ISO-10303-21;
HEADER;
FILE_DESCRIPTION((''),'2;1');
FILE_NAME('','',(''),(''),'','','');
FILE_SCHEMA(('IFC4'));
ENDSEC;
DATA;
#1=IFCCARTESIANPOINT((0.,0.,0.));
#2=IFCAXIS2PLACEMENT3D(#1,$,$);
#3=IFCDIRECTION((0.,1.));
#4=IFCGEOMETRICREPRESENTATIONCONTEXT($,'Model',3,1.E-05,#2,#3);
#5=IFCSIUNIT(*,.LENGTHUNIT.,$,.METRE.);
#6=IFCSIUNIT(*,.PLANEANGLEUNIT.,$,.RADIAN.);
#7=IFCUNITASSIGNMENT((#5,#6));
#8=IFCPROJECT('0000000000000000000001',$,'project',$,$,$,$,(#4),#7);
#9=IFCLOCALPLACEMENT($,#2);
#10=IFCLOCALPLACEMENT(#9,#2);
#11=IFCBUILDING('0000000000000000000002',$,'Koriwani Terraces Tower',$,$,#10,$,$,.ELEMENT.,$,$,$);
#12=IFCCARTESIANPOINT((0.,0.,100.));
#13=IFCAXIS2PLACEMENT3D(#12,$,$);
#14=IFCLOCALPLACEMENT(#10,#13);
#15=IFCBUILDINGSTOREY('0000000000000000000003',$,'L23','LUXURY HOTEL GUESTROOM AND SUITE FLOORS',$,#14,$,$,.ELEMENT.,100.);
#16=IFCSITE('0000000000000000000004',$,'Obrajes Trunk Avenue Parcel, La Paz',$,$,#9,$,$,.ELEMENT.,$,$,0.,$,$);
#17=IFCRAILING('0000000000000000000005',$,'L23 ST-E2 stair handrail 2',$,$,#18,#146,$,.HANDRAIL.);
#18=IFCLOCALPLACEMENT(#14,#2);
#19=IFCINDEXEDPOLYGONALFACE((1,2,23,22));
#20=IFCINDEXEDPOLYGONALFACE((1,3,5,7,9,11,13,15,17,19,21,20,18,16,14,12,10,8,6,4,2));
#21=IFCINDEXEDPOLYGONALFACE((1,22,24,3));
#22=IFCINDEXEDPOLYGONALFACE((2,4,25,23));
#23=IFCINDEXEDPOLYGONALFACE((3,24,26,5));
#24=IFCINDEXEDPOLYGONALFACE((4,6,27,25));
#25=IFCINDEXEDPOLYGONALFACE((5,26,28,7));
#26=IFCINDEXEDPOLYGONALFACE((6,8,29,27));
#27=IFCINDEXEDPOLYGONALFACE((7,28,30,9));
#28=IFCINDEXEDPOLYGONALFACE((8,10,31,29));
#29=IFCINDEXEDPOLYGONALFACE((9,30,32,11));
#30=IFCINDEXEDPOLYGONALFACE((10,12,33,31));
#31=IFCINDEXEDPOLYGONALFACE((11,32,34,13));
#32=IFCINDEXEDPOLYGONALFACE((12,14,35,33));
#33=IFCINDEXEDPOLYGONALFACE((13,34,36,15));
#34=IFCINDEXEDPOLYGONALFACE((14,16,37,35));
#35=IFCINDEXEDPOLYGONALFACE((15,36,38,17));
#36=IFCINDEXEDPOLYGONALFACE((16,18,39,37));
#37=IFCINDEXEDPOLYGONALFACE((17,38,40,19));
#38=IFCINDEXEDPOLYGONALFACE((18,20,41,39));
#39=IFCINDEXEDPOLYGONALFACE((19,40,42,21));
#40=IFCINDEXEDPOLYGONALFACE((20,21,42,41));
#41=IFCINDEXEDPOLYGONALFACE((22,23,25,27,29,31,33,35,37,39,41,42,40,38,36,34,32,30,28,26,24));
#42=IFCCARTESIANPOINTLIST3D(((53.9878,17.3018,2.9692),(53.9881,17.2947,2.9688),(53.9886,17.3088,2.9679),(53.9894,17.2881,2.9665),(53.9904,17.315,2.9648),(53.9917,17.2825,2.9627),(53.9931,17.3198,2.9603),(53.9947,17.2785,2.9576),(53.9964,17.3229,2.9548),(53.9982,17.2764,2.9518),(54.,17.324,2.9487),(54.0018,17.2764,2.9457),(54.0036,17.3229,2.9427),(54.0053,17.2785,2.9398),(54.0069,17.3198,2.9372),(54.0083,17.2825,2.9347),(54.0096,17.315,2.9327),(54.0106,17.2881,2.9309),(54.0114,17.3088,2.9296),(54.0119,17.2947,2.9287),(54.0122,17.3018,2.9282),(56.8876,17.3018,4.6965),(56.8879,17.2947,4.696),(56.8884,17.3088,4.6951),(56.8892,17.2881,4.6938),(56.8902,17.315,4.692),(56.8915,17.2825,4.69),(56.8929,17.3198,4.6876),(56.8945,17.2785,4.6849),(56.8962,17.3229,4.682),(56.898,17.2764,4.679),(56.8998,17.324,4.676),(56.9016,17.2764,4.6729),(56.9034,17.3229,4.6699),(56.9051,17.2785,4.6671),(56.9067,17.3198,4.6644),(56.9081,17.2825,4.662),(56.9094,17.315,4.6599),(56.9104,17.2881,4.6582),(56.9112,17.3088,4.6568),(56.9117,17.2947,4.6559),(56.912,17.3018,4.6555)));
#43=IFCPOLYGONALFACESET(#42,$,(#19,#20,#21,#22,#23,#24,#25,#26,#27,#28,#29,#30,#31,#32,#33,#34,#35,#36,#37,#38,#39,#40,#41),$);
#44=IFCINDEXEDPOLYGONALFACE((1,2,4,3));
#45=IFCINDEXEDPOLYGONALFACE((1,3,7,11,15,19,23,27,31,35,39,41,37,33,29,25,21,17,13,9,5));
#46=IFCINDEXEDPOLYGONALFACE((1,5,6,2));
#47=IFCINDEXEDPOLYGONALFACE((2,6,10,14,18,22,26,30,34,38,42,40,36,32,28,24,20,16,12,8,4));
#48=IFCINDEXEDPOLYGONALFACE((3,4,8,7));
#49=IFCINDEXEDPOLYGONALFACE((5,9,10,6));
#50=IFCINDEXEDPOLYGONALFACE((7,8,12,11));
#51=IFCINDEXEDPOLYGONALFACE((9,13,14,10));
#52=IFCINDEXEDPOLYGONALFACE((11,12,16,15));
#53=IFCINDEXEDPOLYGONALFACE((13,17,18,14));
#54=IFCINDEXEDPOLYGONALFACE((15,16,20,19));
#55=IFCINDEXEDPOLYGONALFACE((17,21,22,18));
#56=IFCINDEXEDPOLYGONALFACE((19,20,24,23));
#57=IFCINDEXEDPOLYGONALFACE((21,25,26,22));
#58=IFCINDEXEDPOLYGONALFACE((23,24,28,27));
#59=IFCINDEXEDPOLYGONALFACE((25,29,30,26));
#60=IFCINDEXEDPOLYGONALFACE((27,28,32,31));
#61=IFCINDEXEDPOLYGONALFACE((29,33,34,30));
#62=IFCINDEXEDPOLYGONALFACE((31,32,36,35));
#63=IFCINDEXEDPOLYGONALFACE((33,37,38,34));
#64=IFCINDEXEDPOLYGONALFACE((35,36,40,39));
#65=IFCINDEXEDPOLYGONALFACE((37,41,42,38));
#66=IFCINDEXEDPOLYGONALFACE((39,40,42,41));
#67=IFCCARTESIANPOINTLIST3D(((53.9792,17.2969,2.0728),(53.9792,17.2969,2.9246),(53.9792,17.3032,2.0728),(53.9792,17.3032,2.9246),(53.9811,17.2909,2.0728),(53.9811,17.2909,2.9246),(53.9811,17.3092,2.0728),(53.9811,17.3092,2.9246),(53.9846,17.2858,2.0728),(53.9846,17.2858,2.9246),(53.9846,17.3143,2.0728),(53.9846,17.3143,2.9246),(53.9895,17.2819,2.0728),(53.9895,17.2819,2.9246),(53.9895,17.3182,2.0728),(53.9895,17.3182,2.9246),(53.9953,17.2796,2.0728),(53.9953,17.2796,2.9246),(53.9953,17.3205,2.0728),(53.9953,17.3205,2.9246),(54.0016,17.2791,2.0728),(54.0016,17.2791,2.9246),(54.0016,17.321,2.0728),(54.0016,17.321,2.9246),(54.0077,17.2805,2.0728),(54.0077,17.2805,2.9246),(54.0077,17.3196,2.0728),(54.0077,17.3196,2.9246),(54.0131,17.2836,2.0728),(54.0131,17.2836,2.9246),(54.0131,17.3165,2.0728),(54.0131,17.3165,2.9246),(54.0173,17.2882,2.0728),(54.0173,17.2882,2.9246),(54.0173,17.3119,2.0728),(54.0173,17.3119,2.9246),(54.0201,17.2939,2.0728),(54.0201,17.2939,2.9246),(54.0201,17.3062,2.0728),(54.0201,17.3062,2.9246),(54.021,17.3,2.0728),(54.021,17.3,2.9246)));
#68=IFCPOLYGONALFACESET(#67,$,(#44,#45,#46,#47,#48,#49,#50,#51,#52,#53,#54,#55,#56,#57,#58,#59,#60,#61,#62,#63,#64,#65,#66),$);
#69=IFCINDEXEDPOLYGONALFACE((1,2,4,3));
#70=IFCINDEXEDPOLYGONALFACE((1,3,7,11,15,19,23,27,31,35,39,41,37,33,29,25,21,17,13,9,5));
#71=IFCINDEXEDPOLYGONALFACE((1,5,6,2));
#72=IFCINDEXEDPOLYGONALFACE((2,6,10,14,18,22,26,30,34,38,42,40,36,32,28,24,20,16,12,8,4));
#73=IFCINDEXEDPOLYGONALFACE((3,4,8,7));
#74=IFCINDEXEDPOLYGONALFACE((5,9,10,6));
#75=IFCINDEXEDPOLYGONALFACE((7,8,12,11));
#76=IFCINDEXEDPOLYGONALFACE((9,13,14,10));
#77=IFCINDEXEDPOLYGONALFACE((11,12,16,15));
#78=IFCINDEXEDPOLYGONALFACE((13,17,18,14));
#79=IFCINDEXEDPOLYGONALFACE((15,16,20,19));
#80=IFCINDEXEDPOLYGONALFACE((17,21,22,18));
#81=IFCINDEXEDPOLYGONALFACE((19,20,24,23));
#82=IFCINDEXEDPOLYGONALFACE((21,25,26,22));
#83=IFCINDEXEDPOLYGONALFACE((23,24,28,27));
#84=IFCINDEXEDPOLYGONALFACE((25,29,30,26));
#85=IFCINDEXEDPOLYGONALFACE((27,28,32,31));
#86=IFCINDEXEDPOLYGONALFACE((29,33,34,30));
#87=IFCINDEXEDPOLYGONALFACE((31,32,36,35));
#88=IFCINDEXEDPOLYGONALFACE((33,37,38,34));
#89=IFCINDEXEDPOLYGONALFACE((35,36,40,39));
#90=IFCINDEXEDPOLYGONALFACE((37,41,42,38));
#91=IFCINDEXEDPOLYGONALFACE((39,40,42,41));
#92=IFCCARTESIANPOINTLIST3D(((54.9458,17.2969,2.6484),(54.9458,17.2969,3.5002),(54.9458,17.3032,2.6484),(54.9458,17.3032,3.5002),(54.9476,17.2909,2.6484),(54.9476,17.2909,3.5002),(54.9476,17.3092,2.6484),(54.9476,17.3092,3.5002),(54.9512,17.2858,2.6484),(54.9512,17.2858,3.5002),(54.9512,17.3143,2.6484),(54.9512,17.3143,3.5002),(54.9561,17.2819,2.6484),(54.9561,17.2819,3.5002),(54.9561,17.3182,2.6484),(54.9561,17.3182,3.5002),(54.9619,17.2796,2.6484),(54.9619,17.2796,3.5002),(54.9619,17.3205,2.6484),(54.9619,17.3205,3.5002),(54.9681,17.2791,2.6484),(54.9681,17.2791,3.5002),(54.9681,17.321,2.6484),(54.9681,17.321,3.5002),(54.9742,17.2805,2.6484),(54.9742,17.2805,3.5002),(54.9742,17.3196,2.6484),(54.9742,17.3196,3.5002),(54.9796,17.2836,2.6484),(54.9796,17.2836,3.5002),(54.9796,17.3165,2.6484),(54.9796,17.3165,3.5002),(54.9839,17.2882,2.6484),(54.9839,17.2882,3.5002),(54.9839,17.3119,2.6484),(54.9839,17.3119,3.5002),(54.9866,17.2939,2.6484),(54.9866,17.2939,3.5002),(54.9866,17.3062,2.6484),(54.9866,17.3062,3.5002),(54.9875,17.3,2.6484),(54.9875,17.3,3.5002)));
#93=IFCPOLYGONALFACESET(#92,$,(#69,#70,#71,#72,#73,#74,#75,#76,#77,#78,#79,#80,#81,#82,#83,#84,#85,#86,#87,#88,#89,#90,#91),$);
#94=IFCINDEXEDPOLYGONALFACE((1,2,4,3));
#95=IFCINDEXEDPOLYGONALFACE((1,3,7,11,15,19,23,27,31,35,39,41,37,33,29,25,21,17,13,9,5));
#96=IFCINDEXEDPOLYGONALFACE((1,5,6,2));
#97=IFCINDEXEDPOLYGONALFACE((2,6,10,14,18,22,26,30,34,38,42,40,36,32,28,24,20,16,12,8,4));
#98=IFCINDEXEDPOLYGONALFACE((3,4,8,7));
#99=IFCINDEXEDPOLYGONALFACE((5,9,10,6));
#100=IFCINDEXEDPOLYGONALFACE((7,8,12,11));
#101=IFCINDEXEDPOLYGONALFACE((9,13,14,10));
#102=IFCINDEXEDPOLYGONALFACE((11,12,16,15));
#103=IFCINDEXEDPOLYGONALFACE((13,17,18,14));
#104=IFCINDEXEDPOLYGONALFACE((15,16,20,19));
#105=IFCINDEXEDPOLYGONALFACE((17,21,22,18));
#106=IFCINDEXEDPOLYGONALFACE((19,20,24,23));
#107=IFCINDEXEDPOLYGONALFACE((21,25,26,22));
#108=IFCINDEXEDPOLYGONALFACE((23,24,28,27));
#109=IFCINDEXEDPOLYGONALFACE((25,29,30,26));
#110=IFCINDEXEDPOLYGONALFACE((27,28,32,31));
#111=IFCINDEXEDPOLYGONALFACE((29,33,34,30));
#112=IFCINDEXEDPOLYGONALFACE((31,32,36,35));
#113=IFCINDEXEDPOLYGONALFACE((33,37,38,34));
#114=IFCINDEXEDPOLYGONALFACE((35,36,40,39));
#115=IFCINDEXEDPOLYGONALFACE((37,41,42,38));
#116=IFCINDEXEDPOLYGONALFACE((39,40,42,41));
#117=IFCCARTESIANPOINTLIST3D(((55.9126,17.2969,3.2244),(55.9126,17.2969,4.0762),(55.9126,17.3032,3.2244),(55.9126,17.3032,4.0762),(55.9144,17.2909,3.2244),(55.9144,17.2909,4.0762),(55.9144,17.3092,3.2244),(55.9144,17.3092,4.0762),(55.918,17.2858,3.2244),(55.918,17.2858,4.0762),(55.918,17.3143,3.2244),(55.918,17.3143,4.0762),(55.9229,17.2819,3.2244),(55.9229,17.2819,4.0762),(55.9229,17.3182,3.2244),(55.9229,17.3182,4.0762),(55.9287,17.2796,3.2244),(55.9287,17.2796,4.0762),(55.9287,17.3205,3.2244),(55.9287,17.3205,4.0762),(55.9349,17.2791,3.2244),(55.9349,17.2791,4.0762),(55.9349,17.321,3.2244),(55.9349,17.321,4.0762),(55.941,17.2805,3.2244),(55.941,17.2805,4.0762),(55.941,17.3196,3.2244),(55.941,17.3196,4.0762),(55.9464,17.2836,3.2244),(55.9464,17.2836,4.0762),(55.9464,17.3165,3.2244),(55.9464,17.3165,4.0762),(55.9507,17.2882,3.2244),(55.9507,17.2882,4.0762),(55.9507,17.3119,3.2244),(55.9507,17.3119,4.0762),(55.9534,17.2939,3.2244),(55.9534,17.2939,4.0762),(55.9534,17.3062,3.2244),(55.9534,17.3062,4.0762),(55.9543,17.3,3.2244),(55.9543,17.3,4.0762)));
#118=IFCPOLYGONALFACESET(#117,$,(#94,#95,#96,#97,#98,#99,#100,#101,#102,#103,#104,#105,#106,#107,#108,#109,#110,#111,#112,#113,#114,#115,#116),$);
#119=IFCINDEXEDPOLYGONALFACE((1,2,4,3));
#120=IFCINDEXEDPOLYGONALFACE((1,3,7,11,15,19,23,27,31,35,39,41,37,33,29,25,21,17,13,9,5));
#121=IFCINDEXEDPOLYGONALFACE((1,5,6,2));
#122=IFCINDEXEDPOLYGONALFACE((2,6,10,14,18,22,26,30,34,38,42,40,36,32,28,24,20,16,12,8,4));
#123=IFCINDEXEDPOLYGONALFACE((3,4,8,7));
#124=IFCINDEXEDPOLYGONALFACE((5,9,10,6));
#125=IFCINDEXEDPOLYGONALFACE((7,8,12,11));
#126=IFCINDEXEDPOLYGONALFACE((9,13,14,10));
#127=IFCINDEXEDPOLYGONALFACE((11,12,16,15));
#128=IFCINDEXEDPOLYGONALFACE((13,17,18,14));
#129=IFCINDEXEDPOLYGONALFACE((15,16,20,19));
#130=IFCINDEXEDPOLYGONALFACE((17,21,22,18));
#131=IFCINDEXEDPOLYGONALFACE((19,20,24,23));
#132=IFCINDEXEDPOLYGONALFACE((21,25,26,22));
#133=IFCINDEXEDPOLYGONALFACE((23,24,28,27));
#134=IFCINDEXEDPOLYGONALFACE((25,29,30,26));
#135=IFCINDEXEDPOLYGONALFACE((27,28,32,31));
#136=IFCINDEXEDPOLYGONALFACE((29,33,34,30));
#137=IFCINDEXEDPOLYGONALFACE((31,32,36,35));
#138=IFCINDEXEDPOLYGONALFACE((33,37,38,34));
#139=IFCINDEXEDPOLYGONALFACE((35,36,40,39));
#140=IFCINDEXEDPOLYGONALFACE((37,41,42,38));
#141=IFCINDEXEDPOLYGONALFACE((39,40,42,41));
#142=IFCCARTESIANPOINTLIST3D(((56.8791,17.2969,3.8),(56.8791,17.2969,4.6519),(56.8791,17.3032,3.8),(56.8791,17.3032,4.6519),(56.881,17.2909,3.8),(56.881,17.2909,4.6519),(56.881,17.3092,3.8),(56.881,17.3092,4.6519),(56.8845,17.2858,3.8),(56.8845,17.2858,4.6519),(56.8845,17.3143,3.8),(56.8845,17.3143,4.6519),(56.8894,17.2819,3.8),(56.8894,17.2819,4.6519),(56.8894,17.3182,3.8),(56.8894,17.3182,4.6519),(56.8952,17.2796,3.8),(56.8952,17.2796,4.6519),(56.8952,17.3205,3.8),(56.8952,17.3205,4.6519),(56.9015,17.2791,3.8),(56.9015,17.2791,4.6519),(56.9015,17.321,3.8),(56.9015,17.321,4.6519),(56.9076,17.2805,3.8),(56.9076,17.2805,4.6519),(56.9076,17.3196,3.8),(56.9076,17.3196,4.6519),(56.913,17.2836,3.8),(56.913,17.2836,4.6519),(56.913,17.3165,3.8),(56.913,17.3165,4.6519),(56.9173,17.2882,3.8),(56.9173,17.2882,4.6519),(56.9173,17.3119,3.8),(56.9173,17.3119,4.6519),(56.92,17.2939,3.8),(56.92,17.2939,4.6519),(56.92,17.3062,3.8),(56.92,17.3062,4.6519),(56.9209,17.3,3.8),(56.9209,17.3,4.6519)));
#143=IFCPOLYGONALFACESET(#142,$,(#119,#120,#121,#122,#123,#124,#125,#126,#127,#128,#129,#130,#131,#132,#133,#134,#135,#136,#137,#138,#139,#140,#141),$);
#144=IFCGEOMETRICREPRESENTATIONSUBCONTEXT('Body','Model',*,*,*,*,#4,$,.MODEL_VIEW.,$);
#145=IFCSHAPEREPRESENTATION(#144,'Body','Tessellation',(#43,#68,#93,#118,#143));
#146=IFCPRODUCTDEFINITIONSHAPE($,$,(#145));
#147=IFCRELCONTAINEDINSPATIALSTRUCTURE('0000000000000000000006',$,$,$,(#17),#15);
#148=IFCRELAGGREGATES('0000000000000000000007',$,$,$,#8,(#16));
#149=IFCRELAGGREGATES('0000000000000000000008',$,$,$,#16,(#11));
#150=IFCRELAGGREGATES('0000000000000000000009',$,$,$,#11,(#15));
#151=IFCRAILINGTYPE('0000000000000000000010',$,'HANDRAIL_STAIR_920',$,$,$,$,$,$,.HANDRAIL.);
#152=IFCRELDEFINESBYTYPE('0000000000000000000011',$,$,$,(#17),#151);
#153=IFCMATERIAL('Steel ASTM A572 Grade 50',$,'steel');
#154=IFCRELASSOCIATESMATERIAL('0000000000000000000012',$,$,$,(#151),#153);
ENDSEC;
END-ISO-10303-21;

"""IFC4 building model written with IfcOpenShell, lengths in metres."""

from ifc_helpers import new_model, si_unit, direction, frame, origin, origin_2d, place, context, subcontext, project, spatial, circle, extrude, material, type_object, element, save


model = new_model("IFC4")

# Units and contexts
model_context = context("Model", 3, precision=1e-05, world=origin(), true_north=direction((0.0, 1.0)))
body_context = subcontext(model_context, "Body", "Model", "MODEL_VIEW")
ifc_project = project(units=[si_unit("LENGTHUNIT", "METRE"), si_unit("PLANEANGLEUNIT", "RADIAN")], contexts=[model_context])

# Site, building, storey
site_placement = place(None, origin())
site = spatial("IfcSite", under=ifc_project, at=site_placement, Name="Obrajes Trunk Avenue Parcel, La Paz", CompositionType="ELEMENT", RefElevation=0.0)
building_placement = place(site_placement, origin())
building = spatial("IfcBuilding", under=site, at=building_placement, Name="Koriwani Terraces Tower", CompositionType="ELEMENT")
storey_placement = place(building_placement, frame((0.0, 0.0, 100.0)))
storey = spatial("IfcBuildingStorey", under=building, at=storey_placement, Name="L23", Description="LUXURY HOTEL GUESTROOM AND SUITE FLOORS", CompositionType="ELEMENT", Elevation=100.0)

# Shared definitions
ifc_material_1 = material(Name="Steel ASTM A572 Grade 50", Category="steel")

# Railing
railing_type_1 = type_object("IfcRailingType", Name="HANDRAIL_STAIR_920", PredefinedType="HANDRAIL", material=ifc_material_1)
railing_1_placement = place(storey_placement, frame((54.0, 17.3, 2.0728)))
element("IfcRailing", 1, at=railing_1_placement, inside=storey, type_object=railing_type_1, Name="L23 ST-E2 stair handrail 2", PredefinedType="HANDRAIL", context=body_context, shape_type="SweptSolid", body=[
    extrude(circle(Radius=0.0239, at=origin_2d()), frame((0.0, 0.0, 0.876), z_axis=(0.859141, 0.0, 0.511738), x_axis=(0.0, 1.0, 0.0)), (0.0, 0.0, 1.0), 3.3752),
    extrude(circle(Radius=0.021, at=origin_2d()), origin(), (0.0, 0.0, 1.0), 0.8518),
    extrude(circle(Radius=0.021, at=origin_2d()), frame((0.9666, 0.0, 0.5757)), (0.0, 0.0, 1.0), 0.8518),
    extrude(circle(Radius=0.021, at=origin_2d()), frame((1.9333, 0.0, 1.1516)), (0.0, 0.0, 1.0), 0.8518),
    extrude(circle(Radius=0.021, at=origin_2d()), frame((2.8999, 0.0, 1.7273)), (0.0, 0.0, 1.0), 0.8518),
])

save(model, "model.ifc")
